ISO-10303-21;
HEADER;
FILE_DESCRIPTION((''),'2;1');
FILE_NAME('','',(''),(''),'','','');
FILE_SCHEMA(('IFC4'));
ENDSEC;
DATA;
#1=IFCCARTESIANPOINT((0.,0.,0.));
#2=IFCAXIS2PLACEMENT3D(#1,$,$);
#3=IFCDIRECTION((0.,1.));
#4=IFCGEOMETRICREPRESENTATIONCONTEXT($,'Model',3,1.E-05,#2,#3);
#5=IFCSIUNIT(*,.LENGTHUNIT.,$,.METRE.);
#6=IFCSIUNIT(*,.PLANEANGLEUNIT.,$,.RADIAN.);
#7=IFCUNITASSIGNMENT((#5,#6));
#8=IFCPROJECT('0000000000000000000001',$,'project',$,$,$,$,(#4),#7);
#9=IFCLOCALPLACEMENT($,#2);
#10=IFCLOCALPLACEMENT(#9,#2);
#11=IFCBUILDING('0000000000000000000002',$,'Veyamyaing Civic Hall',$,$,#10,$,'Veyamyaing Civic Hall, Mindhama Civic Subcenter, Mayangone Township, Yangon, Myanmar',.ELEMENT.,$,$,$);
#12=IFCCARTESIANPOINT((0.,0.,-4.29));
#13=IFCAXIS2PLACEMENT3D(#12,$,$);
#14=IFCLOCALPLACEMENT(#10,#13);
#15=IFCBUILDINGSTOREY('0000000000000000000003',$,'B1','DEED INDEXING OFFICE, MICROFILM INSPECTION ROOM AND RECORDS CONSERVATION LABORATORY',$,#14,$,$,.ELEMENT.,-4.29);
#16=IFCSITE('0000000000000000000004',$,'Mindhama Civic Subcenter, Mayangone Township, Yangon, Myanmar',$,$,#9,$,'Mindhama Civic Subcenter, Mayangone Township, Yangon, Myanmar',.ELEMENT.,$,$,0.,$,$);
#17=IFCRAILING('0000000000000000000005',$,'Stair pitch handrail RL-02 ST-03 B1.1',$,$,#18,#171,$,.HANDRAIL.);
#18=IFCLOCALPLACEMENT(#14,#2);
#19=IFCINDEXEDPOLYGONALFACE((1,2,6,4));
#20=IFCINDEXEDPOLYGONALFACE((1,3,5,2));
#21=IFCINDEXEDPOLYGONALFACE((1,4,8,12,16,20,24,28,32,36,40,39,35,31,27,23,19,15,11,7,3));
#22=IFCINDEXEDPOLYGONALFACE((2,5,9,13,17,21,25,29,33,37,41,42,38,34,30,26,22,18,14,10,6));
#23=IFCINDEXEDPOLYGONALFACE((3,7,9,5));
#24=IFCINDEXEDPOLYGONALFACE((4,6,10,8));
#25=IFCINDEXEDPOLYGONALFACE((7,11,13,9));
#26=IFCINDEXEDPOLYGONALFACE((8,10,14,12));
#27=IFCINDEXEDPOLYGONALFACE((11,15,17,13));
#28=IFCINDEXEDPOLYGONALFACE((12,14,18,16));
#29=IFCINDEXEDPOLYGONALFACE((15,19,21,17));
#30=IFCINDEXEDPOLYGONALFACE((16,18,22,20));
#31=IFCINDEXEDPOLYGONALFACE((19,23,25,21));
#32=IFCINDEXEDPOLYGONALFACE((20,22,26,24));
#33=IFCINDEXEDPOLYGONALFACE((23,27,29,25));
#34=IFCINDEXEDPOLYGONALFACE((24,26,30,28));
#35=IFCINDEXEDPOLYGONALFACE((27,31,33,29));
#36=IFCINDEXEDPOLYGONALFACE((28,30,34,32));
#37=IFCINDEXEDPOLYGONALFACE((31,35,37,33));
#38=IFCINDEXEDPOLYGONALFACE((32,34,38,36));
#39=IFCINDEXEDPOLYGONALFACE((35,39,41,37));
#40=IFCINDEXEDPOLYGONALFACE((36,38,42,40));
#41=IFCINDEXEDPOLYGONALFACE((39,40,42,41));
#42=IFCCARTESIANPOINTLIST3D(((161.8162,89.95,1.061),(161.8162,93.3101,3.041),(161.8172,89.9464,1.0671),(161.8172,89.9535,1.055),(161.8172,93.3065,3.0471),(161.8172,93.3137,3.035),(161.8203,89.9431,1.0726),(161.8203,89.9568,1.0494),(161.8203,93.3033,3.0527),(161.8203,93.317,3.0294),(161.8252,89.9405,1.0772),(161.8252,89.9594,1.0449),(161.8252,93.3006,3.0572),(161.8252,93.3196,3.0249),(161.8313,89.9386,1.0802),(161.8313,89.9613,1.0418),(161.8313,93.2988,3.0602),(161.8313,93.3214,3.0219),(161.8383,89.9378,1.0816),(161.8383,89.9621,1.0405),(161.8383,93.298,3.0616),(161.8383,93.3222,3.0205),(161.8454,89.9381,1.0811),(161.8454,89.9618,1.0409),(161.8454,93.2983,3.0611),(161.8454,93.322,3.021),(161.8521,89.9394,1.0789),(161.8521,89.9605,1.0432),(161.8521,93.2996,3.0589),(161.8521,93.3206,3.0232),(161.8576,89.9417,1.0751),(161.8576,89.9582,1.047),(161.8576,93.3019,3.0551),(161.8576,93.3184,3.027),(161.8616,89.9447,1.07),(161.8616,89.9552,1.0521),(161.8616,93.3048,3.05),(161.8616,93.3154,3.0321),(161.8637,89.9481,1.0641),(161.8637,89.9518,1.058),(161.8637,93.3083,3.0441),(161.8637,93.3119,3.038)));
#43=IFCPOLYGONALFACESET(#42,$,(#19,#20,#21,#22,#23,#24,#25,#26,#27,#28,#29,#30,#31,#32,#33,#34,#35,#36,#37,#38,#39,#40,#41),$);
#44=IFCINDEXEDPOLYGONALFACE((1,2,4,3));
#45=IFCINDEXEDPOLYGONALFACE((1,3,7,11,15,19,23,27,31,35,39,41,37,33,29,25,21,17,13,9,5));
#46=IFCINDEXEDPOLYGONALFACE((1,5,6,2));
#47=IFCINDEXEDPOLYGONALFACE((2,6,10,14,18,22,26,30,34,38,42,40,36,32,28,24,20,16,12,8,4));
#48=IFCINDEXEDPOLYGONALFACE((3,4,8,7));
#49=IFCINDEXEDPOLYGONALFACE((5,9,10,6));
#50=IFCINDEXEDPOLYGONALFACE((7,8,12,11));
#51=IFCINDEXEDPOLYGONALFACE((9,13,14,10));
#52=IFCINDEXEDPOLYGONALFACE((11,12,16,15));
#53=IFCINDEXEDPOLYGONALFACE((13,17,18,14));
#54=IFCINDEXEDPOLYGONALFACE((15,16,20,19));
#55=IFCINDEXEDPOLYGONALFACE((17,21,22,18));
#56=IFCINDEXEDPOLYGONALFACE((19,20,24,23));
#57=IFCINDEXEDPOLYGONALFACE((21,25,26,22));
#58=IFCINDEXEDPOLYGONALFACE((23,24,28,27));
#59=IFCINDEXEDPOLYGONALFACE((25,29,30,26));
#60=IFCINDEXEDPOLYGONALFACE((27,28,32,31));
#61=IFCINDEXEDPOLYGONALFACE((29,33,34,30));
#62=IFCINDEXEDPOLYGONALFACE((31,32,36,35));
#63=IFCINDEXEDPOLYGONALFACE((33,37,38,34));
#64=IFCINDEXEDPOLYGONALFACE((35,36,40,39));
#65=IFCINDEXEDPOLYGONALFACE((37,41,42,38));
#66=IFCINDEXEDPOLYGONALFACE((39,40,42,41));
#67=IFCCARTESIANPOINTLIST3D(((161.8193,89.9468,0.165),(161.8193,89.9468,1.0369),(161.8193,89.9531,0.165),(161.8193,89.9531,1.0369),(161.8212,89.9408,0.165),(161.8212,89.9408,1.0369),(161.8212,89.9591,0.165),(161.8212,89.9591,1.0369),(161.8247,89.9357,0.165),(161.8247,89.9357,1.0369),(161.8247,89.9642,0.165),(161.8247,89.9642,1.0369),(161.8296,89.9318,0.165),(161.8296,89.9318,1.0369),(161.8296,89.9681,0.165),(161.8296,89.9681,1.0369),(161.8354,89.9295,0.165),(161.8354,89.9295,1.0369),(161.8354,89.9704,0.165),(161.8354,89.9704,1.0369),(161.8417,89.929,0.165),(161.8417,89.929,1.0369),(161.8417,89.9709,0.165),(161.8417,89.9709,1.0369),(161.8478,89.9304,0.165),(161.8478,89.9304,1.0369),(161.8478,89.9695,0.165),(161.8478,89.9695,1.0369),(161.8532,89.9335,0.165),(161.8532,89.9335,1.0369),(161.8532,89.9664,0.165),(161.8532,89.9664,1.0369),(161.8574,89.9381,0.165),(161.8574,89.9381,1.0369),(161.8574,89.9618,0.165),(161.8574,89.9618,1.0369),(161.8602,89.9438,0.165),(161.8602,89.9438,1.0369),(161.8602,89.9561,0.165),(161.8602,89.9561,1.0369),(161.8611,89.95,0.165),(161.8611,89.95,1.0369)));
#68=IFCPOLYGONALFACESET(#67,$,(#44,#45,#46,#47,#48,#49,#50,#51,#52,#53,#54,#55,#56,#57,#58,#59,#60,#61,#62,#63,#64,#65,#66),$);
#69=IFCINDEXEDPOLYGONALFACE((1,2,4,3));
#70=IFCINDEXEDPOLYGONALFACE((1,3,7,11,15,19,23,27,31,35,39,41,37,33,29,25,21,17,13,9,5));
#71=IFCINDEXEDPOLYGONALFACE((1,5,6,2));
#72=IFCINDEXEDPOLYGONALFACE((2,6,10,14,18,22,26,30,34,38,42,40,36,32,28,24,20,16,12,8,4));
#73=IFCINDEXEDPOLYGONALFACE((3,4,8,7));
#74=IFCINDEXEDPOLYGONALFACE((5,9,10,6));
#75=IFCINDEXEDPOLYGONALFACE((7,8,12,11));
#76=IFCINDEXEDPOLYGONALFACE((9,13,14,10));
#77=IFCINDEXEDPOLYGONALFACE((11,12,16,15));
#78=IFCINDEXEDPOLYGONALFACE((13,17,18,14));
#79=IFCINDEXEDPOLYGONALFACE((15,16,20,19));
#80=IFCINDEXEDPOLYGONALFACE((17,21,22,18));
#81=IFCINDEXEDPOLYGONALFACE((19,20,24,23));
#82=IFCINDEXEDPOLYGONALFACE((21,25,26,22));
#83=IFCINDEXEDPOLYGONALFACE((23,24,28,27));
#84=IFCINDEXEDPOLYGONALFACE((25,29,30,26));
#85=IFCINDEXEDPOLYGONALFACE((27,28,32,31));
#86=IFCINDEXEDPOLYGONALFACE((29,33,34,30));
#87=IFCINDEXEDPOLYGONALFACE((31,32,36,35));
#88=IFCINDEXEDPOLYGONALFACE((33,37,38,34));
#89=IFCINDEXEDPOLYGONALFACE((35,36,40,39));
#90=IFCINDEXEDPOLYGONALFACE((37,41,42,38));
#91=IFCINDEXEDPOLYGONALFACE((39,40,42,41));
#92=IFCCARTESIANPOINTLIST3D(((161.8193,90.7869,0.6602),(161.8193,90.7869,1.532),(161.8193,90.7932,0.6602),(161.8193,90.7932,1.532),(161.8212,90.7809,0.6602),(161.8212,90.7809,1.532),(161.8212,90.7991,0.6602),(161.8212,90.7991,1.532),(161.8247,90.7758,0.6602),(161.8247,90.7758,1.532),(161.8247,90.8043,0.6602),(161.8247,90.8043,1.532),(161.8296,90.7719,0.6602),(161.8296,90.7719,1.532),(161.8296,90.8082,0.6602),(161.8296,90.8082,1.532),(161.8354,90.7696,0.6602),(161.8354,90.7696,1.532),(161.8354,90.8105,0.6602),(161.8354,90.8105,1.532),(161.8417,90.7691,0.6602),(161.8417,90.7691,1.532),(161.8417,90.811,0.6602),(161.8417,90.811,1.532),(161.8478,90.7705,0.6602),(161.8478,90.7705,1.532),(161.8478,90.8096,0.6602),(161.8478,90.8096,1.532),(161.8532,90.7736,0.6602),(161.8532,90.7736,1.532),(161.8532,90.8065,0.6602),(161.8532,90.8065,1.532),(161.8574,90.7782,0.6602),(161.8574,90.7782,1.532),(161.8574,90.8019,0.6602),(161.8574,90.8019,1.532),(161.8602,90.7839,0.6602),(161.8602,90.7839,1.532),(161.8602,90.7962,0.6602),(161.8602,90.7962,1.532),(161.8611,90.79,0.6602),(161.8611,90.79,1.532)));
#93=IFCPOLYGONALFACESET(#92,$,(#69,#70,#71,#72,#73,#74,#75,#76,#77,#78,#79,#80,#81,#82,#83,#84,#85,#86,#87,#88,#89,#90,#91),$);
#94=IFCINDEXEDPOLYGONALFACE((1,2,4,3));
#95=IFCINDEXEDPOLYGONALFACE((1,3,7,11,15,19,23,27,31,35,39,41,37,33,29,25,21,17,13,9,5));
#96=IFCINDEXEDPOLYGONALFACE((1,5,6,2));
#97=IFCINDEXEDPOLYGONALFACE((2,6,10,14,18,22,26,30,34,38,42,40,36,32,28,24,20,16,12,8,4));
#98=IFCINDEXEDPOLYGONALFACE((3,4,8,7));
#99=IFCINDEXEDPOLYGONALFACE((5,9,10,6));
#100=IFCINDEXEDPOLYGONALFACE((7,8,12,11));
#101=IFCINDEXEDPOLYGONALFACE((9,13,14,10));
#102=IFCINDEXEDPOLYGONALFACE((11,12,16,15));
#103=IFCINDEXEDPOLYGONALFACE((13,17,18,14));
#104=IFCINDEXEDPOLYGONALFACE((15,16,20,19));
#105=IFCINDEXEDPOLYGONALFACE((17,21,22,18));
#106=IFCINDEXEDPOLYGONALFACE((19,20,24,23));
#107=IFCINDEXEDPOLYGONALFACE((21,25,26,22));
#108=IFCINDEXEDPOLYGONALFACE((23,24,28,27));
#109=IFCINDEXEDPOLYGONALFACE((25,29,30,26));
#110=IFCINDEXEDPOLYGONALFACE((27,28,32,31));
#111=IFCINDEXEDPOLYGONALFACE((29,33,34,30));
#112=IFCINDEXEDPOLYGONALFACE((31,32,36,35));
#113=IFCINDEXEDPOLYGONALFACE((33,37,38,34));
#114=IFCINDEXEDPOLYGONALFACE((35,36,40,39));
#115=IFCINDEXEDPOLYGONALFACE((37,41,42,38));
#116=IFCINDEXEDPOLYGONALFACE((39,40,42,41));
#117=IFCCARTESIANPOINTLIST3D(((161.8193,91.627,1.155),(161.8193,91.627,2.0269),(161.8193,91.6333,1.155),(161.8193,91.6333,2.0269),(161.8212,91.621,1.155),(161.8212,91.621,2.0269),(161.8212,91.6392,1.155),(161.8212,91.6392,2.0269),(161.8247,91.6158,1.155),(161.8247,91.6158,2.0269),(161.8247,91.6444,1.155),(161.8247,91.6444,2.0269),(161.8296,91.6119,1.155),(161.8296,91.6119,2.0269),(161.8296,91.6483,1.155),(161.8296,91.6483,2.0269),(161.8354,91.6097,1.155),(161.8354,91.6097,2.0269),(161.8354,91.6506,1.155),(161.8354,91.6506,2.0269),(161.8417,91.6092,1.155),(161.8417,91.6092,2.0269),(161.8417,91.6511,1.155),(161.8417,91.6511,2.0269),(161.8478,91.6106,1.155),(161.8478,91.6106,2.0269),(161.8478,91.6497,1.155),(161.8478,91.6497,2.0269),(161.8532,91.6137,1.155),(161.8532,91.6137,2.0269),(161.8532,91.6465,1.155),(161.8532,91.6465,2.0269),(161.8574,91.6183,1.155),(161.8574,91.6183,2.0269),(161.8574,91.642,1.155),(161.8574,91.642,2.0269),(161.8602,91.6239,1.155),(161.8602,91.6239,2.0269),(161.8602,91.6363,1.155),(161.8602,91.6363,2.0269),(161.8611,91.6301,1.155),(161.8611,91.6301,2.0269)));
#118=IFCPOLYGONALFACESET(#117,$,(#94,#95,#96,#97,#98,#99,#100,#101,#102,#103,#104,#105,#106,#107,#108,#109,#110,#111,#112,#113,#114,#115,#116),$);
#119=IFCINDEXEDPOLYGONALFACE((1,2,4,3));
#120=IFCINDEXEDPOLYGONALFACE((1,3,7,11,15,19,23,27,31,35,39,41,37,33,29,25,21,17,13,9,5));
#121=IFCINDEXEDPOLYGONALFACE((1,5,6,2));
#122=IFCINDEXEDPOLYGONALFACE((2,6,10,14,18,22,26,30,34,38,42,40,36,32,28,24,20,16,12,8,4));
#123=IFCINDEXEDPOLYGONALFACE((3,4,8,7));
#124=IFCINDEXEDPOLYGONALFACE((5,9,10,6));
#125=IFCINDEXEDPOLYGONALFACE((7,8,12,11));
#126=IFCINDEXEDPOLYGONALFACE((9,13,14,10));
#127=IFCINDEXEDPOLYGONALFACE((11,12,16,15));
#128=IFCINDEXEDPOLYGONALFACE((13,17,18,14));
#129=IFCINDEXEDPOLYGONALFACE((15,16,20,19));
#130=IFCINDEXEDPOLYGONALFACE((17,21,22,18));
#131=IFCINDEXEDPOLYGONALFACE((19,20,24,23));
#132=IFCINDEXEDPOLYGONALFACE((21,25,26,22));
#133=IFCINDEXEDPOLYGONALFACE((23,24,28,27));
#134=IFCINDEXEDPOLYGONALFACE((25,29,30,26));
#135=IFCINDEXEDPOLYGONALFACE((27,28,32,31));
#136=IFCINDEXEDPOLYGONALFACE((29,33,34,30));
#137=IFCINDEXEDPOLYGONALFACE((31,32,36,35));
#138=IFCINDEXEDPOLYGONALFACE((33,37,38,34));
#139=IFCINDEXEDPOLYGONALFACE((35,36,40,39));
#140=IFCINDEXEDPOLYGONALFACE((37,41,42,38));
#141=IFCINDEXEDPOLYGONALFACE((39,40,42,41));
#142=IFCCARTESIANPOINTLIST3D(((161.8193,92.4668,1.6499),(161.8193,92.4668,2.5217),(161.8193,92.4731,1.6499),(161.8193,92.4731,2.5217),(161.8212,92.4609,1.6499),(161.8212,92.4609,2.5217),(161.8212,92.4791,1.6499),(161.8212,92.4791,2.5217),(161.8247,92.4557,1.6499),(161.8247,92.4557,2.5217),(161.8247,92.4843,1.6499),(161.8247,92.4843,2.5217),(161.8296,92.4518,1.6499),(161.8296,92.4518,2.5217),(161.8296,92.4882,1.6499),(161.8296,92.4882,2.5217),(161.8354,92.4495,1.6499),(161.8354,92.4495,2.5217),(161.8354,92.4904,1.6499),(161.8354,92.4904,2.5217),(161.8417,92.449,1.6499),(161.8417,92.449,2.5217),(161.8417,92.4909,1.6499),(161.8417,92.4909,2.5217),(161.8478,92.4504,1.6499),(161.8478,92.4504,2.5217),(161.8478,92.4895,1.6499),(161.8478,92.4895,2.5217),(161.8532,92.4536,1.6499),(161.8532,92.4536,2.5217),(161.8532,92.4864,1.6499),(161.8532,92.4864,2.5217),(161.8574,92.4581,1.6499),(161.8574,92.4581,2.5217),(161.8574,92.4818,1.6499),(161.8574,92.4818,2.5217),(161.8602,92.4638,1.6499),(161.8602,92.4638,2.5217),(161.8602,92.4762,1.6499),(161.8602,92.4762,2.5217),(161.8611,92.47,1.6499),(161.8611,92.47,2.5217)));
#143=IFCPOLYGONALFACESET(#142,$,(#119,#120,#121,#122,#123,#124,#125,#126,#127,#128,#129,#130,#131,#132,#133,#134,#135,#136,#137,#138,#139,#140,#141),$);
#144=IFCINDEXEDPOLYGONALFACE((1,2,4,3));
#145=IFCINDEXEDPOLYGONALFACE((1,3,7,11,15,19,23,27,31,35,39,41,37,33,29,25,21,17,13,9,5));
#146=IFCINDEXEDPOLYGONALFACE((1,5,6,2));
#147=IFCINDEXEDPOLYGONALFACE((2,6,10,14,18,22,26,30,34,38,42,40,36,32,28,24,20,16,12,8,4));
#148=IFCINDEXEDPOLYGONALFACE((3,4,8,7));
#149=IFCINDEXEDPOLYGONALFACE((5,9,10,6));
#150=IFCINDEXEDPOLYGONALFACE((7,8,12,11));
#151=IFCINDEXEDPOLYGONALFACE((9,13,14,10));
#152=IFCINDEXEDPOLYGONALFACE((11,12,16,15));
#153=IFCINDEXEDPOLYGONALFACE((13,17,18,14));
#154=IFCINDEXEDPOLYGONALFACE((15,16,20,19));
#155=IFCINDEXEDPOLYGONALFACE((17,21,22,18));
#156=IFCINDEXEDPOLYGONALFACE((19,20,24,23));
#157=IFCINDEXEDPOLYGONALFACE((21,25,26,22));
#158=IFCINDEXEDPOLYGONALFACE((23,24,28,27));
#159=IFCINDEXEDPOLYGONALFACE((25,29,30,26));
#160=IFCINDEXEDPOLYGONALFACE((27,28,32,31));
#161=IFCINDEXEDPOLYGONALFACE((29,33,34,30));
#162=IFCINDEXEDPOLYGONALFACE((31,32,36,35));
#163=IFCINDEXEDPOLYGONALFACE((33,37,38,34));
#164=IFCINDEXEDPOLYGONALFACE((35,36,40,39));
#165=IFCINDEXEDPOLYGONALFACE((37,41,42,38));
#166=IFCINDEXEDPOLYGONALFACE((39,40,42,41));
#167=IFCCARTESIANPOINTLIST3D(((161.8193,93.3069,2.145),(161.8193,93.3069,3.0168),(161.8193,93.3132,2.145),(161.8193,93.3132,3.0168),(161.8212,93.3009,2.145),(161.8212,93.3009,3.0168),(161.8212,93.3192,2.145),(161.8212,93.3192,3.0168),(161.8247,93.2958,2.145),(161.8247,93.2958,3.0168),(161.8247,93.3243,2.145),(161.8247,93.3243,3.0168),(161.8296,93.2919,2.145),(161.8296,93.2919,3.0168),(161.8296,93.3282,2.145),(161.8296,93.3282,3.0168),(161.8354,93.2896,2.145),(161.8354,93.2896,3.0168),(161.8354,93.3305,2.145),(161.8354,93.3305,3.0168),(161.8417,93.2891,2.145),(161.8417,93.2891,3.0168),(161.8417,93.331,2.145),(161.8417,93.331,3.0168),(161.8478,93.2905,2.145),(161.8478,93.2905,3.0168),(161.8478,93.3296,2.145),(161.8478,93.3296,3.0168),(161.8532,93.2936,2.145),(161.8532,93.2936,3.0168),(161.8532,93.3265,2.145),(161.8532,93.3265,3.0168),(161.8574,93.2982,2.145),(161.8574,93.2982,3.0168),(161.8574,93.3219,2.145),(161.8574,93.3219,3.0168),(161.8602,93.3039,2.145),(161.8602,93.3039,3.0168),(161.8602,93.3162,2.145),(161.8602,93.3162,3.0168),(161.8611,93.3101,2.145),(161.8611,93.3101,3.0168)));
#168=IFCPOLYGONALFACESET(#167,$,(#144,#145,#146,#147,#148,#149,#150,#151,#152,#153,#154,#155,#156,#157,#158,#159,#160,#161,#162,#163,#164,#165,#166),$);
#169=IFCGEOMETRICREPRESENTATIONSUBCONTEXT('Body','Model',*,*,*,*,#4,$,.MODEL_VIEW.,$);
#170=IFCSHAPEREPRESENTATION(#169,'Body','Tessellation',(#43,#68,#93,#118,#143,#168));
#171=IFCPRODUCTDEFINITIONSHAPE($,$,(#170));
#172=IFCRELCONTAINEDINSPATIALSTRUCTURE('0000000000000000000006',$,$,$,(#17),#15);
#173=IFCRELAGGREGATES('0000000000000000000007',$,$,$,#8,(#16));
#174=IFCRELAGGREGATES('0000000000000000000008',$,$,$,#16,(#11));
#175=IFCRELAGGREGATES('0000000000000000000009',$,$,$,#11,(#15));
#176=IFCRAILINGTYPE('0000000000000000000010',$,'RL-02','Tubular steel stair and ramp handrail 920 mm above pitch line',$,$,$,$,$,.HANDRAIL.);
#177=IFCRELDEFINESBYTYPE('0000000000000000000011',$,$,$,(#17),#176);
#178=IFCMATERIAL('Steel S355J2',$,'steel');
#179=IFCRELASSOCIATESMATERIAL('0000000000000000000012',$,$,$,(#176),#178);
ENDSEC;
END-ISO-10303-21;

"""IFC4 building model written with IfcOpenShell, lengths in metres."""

from ifc_helpers import new_model, si_unit, direction, frame, origin, origin_2d, place, context, subcontext, project, spatial, circle, extrude, material, type_object, element, save


model = new_model("IFC4")

# Units and contexts
model_context = context("Model", 3, precision=1e-05, world=origin(), true_north=direction((0.0, 1.0)))
body_context = subcontext(model_context, "Body", "Model", "MODEL_VIEW")
ifc_project = project(units=[si_unit("LENGTHUNIT", "METRE"), si_unit("PLANEANGLEUNIT", "RADIAN")], contexts=[model_context])

# Site, building, storey
site_placement = place(None, origin())
site = spatial("IfcSite", under=ifc_project, at=site_placement, Name="Mindhama Civic Subcenter, Mayangone Township, Yangon, Myanmar", LongName="Mindhama Civic Subcenter, Mayangone Township, Yangon, Myanmar", CompositionType="ELEMENT", RefElevation=0.0)
building_placement = place(site_placement, origin())
building = spatial("IfcBuilding", under=site, at=building_placement, Name="Veyamyaing Civic Hall", LongName="Veyamyaing Civic Hall, Mindhama Civic Subcenter, Mayangone Township, Yangon, Myanmar", CompositionType="ELEMENT")
storey_placement = place(building_placement, frame((0.0, 0.0, -4.29)))
storey = spatial("IfcBuildingStorey", under=building, at=storey_placement, Name="B1", Description="DEED INDEXING OFFICE, MICROFILM INSPECTION ROOM AND RECORDS CONSERVATION LABORATORY", CompositionType="ELEMENT", Elevation=-4.29)

# Shared definitions
ifc_material_1 = material(Name="Steel S355J2", Category="steel")

# Railing
railing_type = type_object("IfcRailingType", Name="RL-02", Description="Tubular steel stair and ramp handrail 920 mm above pitch line", PredefinedType="HANDRAIL", material=ifc_material_1)
railing_1_placement = place(storey_placement, frame((161.8401, 89.95, 0.165)))
element("IfcRailing", 1, at=railing_1_placement, inside=storey, type_object=railing_type, Name="Stair pitch handrail RL-02 ST-03 B1.1", PredefinedType="HANDRAIL", context=body_context, shape_type="SweptSolid", body=[
    extrude(circle(Radius=0.0239, at=origin_2d()), frame((0.0, 0.0, 0.896), z_axis=(0.0, 0.861548, 0.507677), x_axis=(-1.0, 0.0, 0.0)), (0.0, 0.0, 1.0), 3.9001),
    extrude(circle(Radius=0.021, at=origin_2d()), origin(), (0.0, 0.0, 1.0), 0.8718),
    extrude(circle(Radius=0.021, at=origin_2d()), frame((0.0, 0.8401, 0.4951)), (0.0, 0.0, 1.0), 0.8718),
    extrude(circle(Radius=0.021, at=origin_2d()), frame((0.0, 1.6802, 0.99)), (0.0, 0.0, 1.0), 0.8718),
    extrude(circle(Radius=0.021, at=origin_2d()), frame((0.0, 2.52, 1.4849)), (0.0, 0.0, 1.0), 0.8718),
    extrude(circle(Radius=0.021, at=origin_2d()), frame((0.0, 3.3601, 1.98)), (0.0, 0.0, 1.0), 0.8718),
])

save(model, "model.ifc")
